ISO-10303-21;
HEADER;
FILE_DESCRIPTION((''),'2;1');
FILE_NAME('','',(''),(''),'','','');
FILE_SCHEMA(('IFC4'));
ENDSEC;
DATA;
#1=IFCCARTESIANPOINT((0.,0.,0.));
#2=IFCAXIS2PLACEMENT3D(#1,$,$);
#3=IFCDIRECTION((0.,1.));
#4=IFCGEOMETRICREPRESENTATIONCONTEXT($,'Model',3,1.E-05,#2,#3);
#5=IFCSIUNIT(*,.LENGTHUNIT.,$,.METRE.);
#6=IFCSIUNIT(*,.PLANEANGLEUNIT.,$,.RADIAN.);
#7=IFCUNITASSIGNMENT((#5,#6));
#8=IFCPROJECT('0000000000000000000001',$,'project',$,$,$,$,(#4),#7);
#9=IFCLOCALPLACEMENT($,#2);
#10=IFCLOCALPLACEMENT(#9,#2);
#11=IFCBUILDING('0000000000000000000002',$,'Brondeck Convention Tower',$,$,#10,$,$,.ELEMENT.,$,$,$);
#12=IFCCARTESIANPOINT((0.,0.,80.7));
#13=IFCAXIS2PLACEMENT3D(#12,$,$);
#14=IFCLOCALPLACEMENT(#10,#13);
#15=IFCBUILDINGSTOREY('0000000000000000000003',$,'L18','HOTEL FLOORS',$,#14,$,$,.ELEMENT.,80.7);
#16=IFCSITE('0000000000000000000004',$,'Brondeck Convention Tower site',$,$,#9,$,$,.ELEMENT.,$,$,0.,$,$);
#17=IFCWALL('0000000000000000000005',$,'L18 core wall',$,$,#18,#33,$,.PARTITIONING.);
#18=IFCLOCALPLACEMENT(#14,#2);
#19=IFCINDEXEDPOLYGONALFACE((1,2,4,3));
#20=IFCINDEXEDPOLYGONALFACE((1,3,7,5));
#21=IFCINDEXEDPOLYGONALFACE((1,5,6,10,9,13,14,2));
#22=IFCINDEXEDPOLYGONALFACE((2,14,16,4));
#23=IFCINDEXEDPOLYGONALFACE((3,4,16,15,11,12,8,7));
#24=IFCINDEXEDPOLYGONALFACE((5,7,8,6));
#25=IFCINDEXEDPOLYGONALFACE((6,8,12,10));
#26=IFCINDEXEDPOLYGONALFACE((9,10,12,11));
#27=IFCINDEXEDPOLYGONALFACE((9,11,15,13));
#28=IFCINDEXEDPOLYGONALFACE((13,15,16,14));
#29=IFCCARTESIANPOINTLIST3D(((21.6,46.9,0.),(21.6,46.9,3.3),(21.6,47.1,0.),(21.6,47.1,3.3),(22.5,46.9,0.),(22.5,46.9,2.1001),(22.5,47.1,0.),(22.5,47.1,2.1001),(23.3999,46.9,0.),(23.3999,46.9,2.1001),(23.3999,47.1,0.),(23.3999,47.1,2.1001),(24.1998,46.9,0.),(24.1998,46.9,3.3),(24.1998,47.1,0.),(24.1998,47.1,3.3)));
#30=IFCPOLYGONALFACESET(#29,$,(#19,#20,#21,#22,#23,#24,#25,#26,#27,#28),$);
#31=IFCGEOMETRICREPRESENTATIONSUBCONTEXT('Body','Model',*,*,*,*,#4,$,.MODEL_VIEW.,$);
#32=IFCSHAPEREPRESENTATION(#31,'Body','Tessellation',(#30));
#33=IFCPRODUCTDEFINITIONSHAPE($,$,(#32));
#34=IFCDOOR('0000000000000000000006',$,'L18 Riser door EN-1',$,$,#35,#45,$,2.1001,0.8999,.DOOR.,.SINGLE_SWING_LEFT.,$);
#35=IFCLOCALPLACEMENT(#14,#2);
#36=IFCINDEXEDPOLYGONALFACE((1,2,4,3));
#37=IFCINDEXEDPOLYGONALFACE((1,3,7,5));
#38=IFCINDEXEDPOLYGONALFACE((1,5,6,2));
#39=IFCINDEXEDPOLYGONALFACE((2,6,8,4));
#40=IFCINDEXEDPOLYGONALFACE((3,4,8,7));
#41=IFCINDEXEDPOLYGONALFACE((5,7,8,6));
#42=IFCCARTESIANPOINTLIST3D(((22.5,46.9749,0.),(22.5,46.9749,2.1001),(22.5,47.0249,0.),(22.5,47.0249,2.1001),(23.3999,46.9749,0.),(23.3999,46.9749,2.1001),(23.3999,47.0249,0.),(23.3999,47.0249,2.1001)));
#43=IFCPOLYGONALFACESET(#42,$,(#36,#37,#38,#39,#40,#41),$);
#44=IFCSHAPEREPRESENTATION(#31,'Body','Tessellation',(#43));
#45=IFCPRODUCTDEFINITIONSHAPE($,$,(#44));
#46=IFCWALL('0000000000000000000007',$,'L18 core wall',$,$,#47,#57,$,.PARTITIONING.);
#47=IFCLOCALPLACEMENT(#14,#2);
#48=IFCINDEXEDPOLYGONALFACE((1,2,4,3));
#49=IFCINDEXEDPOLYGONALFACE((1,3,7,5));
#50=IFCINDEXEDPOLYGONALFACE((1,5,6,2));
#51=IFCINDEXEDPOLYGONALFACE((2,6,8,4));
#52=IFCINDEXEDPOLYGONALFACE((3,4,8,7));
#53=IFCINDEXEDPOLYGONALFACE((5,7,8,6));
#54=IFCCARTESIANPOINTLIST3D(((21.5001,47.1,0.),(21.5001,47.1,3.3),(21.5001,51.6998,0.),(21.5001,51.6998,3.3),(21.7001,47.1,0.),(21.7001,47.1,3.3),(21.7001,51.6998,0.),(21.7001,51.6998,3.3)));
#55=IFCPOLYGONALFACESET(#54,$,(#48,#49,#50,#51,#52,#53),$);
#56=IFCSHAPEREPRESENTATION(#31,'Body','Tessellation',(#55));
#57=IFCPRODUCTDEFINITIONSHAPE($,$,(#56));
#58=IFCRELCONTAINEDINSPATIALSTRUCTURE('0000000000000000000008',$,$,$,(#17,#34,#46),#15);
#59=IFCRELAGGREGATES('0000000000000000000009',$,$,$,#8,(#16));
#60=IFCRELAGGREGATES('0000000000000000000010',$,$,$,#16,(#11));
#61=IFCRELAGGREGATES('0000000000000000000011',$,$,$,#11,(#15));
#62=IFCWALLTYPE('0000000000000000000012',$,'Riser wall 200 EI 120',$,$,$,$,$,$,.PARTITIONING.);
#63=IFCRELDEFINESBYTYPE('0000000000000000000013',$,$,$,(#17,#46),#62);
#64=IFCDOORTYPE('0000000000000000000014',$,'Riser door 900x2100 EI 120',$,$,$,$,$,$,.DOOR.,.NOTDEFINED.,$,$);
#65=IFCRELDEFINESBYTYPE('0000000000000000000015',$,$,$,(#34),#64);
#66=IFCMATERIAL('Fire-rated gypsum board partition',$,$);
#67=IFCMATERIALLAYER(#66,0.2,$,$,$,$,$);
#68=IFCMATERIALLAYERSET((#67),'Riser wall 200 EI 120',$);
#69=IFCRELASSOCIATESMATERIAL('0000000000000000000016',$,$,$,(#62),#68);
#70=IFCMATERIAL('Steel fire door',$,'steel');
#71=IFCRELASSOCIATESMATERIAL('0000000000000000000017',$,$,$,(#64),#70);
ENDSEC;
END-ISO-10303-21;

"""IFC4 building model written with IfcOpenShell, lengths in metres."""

from ifc_helpers import new_model, si_unit, direction, frame, frame_2d, origin, place, context, subcontext, project, spatial, rectangle, extrude, material, layer, layer_set, type_object, element, fill, save


model = new_model("IFC4")

# Units and contexts
model_context = context("Model", 3, precision=1e-05, world=origin(), true_north=direction((0.0, 1.0)))
body_context = subcontext(model_context, "Body", "Model", "MODEL_VIEW")
ifc_project = project(units=[si_unit("LENGTHUNIT", "METRE"), si_unit("PLANEANGLEUNIT", "RADIAN")], contexts=[model_context])

# Site, building, storey
site_placement = place(None, origin())
site = spatial("IfcSite", under=ifc_project, at=site_placement, Name="Brondeck Convention Tower site", CompositionType="ELEMENT", RefElevation=0.0)
building_placement = place(site_placement, origin())
building = spatial("IfcBuilding", under=site, at=building_placement, Name="Brondeck Convention Tower", CompositionType="ELEMENT")
storey_placement = place(building_placement, frame((0.0, 0.0, 80.7)))
storey = spatial("IfcBuildingStorey", under=building, at=storey_placement, Name="L18", Description="HOTEL FLOORS", CompositionType="ELEMENT", Elevation=80.7)

# Shared definitions
ifc_material_1 = material(Name="Fire-rated gypsum board partition")

# Shared definitions
ifc_material_2 = material(Name="Steel fire door", Category="steel")

# Wall, opening, door
ifc_layer_1 = layer(ifc_material_1, 0.2)
ifc_layer_set_1 = layer_set([ifc_layer_1], Name="Riser wall 200 EI 120")
wall_type_1 = type_object("IfcWallType", Name="Riser wall 200 EI 120", PredefinedType="PARTITIONING", material=ifc_layer_set_1)
wall_1_placement = place(storey_placement, frame((21.6001, 47.0, 0.0), z_axis=(0.0, 0.0, 1.0), x_axis=(1.0, 0.0, 0.0)))
wall_1 = element("IfcWall", 1, at=wall_1_placement, inside=storey, type_object=wall_type_1, Name="L18 core wall", PredefinedType="PARTITIONING", context=body_context, shape_type="SweptSolid", body=[
    extrude(rectangle(XDim=2.5999, YDim=0.2, at=frame_2d((1.2998, 0.0))), origin(), (0.0, 0.0, 1.0), 3.3),
])
opening_1_placement = place(wall_1_placement, frame((0.8999, 0.0, 0.0)))
opening_1 = element("IfcOpeningElement", 2, at=opening_1_placement, cuts=wall_1, PredefinedType="OPENING", context=body_context, shape_type="SweptSolid", body=[
    extrude(rectangle(XDim=0.8999, YDim=2.1001, at=frame_2d((0.45, 1.05))), frame((0.0, 0.1099, 0.0), z_axis=(0.0, -1.0, 0.0), x_axis=(1.0, 0.0, 0.0)), (0.0, 0.0, 1.0), 0.22),
])
door_type_1 = type_object("IfcDoorType", Name="Riser door 900x2100 EI 120", OperationType="NOTDEFINED", PredefinedType="DOOR", material=ifc_material_2)
door_1_placement = place(opening_1_placement, origin())
door_1 = element("IfcDoor", 3, at=door_1_placement, inside=storey, type_object=door_type_1, Name="L18 Riser door EN-1", OperationType="SINGLE_SWING_LEFT", OverallHeight=2.1001, OverallWidth=0.8999, PredefinedType="DOOR", context=body_context, shape_type="SweptSolid", body=[
    extrude(rectangle(XDim=0.8999, YDim=2.1001, at=frame_2d((0.45, 1.05))), frame((0.0, 0.0249, 0.0), z_axis=(0.0, -1.0, 0.0), x_axis=(1.0, 0.0, 0.0)), (0.0, 0.0, 1.0), 0.05),
])
fill(opening_1, door_1)

# Wall
wall_2_placement = place(storey_placement, frame((21.6001, 47.1001, 0.0), z_axis=(0.0, 0.0, 1.0), x_axis=(0.0, 1.0, 0.0)))
element("IfcWall", 4, at=wall_2_placement, inside=storey, type_object=wall_type_1, Name="L18 core wall", PredefinedType="PARTITIONING", context=body_context, shape_type="SweptSolid", body=[
    extrude(rectangle(XDim=4.5999, YDim=0.2, at=frame_2d((2.2998, 0.0))), origin(), (0.0, 0.0, 1.0), 3.3),
])

save(model, "model.ifc")
